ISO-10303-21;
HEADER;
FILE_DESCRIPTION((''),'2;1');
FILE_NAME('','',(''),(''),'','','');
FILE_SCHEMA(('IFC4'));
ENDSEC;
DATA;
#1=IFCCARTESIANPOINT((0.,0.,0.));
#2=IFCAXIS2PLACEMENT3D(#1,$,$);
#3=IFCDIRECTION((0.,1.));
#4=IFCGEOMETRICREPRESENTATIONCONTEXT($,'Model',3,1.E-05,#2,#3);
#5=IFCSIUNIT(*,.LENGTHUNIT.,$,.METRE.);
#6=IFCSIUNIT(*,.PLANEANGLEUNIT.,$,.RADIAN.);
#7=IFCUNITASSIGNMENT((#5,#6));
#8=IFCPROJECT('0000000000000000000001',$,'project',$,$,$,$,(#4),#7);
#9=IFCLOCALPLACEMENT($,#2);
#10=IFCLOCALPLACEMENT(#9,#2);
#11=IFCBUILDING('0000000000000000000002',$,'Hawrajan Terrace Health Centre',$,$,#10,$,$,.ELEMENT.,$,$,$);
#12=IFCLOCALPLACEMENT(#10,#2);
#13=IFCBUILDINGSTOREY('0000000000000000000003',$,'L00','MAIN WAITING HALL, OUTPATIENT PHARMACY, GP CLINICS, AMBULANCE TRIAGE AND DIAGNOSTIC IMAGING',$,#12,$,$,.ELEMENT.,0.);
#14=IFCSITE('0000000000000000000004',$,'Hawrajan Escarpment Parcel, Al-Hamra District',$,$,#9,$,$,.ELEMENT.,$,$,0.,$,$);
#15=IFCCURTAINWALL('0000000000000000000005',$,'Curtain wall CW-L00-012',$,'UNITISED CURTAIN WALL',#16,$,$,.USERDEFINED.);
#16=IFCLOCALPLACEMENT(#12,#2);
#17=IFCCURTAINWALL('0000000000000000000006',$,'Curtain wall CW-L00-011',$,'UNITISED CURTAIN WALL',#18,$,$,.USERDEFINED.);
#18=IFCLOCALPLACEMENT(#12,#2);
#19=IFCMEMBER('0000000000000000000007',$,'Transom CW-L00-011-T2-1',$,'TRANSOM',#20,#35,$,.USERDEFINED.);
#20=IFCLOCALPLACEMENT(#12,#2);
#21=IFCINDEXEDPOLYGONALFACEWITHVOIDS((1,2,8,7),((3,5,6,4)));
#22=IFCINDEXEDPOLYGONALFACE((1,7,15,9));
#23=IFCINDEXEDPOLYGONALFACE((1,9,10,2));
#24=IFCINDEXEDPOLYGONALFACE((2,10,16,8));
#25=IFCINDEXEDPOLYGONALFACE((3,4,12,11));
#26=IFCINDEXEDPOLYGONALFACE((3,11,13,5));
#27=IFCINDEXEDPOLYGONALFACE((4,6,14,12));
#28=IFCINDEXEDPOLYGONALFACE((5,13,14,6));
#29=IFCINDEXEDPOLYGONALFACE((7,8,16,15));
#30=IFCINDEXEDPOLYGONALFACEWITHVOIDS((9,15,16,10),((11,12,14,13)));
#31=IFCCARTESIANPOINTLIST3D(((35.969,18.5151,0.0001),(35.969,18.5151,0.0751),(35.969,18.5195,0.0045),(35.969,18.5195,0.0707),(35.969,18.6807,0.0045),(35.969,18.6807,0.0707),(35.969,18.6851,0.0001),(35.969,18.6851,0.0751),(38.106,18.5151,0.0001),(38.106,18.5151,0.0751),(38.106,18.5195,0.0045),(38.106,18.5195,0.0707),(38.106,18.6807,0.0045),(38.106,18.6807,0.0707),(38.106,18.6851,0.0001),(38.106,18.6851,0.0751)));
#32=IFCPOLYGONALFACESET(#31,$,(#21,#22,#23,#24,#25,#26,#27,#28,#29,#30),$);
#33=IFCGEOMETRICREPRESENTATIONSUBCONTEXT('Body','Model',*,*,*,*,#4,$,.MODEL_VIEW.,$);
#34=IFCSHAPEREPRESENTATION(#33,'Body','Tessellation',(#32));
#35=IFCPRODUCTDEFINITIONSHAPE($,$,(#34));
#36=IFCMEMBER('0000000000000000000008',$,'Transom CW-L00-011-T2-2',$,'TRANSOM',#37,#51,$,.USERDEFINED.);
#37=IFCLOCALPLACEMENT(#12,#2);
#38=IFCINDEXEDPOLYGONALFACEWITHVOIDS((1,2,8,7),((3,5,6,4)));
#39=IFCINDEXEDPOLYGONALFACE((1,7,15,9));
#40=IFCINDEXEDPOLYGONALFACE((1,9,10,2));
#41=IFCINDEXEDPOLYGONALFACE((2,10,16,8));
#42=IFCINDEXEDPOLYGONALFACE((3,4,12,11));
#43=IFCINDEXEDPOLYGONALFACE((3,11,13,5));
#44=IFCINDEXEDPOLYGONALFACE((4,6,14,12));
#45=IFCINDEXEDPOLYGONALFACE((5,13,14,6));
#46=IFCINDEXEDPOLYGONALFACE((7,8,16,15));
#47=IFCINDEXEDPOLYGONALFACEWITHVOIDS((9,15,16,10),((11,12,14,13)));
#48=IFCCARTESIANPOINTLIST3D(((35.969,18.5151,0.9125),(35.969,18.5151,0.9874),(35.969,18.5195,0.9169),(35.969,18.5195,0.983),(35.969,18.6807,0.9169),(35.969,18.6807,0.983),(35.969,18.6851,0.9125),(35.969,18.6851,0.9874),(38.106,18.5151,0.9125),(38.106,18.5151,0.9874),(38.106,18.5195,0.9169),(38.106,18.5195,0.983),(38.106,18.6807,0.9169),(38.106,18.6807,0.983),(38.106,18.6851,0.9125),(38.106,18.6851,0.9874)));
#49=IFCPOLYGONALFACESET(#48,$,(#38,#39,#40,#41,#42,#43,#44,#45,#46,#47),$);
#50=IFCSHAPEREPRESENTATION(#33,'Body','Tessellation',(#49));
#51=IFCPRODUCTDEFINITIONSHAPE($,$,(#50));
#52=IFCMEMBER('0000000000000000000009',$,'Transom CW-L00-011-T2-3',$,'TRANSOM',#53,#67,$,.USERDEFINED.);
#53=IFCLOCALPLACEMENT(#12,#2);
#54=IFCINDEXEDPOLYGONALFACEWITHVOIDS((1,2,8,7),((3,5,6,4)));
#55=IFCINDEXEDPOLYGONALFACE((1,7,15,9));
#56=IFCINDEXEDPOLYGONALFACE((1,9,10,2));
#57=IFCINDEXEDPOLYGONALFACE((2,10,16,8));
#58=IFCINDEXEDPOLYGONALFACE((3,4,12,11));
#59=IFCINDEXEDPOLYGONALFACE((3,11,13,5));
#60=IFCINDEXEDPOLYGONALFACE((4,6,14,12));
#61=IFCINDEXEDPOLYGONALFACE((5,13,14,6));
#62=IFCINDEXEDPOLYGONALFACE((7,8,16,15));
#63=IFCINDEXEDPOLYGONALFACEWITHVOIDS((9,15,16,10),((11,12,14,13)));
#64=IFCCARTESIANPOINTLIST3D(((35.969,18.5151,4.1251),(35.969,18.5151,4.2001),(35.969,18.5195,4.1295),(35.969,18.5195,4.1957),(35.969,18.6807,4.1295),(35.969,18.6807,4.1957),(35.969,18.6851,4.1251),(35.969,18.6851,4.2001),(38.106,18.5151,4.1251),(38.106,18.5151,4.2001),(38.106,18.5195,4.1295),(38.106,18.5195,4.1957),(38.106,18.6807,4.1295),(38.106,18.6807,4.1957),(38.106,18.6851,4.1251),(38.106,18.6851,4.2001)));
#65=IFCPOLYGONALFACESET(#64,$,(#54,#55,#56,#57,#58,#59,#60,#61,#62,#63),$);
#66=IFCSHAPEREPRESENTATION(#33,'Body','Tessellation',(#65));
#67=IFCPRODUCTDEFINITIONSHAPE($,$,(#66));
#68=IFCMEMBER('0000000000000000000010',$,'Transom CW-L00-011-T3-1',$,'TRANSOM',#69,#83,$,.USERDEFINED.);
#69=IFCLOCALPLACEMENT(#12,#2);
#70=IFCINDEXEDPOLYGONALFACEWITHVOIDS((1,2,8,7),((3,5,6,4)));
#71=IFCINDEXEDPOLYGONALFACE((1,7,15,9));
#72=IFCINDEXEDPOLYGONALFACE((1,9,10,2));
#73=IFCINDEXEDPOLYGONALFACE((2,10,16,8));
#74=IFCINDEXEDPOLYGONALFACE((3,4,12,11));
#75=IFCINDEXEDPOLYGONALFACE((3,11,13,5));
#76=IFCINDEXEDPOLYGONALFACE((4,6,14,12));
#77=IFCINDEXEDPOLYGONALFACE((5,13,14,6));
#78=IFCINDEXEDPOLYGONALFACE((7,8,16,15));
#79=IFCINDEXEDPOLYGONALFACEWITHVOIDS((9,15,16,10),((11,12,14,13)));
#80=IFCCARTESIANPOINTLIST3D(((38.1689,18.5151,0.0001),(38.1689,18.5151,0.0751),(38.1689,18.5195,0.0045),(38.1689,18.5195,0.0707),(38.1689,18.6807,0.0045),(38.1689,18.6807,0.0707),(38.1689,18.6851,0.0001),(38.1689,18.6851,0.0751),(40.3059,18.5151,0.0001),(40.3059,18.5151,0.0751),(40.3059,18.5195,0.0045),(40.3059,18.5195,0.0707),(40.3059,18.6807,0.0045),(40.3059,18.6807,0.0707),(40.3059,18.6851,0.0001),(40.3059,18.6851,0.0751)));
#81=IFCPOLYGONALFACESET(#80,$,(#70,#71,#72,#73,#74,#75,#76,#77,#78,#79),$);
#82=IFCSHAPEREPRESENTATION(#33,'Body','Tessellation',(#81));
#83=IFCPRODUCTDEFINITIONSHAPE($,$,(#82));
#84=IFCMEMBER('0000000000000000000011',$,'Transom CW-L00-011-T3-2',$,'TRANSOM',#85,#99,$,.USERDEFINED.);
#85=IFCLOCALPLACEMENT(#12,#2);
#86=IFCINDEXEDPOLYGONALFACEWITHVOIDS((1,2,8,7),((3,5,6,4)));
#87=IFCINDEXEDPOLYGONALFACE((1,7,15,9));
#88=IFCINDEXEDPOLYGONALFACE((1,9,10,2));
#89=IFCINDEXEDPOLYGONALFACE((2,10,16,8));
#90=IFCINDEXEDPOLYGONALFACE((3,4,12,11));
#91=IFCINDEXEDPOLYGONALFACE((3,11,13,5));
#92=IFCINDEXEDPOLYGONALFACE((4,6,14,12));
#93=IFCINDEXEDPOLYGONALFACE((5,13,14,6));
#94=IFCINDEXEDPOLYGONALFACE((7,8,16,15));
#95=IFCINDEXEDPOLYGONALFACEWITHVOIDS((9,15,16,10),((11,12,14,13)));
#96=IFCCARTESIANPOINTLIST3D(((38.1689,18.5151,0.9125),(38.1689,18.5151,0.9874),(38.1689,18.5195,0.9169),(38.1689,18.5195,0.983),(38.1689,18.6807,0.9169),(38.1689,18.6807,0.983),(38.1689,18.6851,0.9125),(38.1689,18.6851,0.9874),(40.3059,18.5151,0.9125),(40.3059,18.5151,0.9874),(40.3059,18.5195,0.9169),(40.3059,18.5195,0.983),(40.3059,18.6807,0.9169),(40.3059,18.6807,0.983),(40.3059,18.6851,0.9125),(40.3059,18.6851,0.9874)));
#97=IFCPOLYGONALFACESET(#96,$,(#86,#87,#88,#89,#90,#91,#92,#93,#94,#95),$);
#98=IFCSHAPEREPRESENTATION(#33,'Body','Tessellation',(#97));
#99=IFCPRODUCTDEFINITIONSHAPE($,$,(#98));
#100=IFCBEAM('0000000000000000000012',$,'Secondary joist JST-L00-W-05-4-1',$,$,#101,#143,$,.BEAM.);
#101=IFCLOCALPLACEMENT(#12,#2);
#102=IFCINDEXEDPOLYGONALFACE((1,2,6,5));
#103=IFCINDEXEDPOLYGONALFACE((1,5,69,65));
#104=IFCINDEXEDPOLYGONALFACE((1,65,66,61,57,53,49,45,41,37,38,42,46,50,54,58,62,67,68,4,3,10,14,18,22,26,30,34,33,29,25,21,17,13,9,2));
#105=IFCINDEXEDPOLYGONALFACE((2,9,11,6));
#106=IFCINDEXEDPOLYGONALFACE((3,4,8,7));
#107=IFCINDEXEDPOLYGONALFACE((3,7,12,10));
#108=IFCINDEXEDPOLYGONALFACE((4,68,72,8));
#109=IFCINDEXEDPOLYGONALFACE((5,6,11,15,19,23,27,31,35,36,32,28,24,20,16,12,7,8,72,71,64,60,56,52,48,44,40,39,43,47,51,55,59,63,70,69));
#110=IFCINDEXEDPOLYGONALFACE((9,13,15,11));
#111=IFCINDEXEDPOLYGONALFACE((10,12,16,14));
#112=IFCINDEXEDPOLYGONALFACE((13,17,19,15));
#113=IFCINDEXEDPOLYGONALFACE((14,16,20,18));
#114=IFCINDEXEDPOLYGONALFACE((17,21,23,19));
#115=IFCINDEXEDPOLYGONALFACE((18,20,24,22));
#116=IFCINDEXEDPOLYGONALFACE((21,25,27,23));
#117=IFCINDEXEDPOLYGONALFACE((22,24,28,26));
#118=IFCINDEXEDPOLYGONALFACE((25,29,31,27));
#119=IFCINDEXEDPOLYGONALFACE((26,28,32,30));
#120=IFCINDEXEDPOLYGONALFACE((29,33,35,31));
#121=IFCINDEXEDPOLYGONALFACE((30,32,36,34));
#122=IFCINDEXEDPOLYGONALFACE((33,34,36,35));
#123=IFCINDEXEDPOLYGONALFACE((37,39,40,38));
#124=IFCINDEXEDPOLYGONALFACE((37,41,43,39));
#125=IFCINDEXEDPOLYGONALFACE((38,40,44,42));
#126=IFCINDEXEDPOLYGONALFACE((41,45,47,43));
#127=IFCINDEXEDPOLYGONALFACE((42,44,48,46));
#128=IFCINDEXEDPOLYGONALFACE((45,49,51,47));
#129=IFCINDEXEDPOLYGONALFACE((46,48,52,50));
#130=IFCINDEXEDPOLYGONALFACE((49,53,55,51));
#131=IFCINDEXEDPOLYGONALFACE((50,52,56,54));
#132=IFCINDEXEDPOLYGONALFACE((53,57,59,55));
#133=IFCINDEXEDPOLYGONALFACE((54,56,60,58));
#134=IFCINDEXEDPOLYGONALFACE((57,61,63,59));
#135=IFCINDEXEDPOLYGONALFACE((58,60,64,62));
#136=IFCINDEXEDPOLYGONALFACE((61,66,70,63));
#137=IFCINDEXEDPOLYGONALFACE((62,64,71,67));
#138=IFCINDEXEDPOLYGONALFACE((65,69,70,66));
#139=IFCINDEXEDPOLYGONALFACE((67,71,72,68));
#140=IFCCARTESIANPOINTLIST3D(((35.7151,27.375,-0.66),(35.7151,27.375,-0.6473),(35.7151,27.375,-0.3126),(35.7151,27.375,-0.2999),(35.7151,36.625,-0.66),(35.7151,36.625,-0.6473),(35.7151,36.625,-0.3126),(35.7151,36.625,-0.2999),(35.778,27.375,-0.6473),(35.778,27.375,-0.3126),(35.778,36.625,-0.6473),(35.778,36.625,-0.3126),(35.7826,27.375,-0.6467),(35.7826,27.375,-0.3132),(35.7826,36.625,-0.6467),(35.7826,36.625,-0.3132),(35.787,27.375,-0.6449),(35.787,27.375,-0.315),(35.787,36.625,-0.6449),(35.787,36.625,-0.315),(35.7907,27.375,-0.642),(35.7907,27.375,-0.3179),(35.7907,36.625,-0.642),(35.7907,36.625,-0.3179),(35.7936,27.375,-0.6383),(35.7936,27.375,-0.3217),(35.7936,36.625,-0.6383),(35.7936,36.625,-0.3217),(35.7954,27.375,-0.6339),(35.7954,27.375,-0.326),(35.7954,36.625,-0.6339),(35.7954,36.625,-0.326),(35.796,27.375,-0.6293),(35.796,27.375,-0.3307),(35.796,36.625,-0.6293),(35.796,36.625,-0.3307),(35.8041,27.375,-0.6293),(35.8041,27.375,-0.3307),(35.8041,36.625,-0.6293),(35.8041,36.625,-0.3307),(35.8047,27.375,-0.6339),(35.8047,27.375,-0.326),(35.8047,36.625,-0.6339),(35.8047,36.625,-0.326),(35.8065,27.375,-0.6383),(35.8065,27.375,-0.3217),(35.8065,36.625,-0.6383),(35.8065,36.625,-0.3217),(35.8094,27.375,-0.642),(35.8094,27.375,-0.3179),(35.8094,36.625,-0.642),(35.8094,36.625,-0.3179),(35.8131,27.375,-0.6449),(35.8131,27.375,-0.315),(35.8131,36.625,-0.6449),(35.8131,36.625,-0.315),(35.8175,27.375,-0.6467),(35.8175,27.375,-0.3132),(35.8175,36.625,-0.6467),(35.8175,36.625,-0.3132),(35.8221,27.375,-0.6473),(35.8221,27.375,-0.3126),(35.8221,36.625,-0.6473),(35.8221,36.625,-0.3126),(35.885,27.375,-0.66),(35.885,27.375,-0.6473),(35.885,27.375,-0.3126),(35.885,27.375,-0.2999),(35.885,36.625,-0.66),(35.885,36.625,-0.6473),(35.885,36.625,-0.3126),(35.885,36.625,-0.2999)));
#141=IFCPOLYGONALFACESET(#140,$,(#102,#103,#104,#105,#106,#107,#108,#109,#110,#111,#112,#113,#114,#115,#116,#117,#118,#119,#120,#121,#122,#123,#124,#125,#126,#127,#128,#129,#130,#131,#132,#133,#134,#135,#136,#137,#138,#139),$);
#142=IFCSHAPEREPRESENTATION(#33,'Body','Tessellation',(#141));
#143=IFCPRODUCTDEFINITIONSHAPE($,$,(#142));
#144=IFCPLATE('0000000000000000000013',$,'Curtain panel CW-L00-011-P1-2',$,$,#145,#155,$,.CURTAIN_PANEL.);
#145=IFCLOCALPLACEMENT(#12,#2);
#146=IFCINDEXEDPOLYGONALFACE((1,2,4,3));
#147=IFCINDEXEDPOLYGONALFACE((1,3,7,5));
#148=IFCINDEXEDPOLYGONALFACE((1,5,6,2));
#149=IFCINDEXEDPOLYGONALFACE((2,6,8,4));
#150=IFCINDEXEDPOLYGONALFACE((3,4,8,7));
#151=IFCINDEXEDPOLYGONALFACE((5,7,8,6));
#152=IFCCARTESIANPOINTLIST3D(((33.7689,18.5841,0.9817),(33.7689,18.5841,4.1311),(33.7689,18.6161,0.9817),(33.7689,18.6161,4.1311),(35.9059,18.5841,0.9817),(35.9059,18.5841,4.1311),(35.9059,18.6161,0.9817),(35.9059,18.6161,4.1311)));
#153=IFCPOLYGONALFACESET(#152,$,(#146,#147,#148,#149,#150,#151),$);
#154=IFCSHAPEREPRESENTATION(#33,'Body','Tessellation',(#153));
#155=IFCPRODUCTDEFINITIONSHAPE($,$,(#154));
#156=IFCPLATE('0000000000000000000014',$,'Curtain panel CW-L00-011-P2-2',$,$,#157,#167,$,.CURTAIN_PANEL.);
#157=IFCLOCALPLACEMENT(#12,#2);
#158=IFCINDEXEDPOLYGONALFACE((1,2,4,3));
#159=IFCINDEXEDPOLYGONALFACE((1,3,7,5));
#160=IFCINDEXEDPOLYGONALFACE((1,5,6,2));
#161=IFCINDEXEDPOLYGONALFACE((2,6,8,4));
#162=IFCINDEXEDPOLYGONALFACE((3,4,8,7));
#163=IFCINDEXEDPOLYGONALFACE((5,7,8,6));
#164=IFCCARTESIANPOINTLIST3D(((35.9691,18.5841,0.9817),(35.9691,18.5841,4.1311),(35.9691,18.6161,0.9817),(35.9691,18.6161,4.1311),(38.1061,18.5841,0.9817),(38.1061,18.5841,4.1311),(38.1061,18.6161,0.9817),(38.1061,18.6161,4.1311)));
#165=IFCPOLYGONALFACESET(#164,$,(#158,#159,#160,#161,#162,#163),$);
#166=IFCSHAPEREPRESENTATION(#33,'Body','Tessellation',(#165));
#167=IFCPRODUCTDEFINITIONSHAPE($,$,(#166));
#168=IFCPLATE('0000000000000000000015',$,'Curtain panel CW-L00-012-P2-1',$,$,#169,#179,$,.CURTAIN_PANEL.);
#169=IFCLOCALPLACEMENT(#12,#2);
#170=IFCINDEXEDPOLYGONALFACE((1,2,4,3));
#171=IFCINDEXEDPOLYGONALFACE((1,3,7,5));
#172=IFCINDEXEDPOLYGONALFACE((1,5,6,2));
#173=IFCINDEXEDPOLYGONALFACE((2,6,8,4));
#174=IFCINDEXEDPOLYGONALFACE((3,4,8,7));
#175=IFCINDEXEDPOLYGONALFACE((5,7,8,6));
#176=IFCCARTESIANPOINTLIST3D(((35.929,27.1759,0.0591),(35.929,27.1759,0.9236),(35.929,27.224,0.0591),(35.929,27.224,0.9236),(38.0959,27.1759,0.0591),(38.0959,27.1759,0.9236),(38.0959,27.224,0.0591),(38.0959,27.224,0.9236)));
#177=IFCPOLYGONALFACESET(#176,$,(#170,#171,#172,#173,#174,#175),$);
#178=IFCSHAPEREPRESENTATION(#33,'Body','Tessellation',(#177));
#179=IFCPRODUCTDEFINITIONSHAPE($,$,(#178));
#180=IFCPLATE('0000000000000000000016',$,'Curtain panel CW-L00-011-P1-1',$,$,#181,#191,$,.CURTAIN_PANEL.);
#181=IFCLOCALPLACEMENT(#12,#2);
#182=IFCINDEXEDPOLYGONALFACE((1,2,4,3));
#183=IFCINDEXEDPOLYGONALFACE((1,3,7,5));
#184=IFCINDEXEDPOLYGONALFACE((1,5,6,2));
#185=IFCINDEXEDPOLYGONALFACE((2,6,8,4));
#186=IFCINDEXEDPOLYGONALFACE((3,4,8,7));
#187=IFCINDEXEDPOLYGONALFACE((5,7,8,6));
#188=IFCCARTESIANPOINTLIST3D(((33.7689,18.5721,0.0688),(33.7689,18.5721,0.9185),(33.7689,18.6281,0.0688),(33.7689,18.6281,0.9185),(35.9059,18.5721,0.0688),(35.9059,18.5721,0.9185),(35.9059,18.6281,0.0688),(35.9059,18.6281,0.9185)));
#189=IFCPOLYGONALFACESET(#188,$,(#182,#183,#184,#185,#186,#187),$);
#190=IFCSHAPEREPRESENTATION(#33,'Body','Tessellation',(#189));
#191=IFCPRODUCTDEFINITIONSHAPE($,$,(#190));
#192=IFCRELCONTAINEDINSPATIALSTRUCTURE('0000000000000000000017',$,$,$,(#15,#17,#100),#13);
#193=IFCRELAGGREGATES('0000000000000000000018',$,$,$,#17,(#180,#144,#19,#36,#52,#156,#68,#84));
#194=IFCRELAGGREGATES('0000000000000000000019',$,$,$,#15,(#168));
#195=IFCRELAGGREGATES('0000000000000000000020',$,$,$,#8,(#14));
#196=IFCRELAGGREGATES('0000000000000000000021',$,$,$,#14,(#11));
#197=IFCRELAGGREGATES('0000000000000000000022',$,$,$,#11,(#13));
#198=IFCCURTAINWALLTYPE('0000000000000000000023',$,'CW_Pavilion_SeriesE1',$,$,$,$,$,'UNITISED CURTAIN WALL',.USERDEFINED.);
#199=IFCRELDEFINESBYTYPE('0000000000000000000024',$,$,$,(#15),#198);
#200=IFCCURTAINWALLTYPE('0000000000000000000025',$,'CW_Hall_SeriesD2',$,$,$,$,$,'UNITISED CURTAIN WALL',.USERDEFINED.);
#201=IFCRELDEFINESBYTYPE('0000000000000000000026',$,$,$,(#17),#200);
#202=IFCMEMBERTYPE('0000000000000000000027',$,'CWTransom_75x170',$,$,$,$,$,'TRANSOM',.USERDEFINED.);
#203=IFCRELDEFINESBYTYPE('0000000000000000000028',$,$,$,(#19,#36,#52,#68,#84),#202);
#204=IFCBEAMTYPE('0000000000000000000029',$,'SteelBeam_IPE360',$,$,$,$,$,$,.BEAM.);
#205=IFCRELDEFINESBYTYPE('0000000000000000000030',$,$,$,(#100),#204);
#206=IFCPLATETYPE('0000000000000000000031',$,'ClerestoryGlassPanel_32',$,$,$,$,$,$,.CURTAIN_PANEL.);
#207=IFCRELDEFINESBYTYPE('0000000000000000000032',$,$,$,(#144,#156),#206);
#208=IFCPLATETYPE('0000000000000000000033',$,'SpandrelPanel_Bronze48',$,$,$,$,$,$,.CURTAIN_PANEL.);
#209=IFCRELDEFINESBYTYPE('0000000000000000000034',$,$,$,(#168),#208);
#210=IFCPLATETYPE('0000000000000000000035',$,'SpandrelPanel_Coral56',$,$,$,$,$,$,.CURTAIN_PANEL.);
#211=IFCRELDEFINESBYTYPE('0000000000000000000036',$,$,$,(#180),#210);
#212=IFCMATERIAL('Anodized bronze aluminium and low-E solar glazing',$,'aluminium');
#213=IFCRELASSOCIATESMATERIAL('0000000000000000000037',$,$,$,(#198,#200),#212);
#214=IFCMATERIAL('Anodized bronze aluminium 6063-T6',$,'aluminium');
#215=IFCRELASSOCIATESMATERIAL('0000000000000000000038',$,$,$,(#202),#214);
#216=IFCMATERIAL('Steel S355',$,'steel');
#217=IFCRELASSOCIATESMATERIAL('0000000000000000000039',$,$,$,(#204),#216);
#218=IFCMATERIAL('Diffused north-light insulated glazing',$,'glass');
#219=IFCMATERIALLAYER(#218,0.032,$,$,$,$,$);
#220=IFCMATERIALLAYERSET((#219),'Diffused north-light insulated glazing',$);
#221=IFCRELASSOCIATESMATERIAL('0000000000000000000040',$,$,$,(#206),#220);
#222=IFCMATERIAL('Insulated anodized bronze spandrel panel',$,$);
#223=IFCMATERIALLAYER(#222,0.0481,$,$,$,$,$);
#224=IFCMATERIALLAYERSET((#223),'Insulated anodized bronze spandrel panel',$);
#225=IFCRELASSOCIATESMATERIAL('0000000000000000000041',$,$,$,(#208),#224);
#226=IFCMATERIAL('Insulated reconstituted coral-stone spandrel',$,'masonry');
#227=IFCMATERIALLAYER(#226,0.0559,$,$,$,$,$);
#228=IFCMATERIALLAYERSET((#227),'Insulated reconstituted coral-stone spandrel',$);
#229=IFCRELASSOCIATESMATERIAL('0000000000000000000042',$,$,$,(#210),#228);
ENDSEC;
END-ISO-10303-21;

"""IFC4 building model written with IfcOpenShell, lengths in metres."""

from ifc_helpers import new_model, si_unit, direction, frame, origin, origin_2d, place, context, subcontext, project, spatial, rectangle, hollow_rectangle, i_section, extrude, material, layer, layer_set, material_profile, profile_set, type_object, element, aggregate, save


model = new_model("IFC4")

# Units and contexts
model_context = context("Model", 3, precision=1e-05, world=origin(), true_north=direction((0.0, 1.0)))
body_context = subcontext(model_context, "Body", "Model", "MODEL_VIEW")
ifc_project = project(units=[si_unit("LENGTHUNIT", "METRE"), si_unit("PLANEANGLEUNIT", "RADIAN")], contexts=[model_context])

# Site, building, storey
site_placement = place(None, origin())
site = spatial("IfcSite", under=ifc_project, at=site_placement, Name="Hawrajan Escarpment Parcel, Al-Hamra District", CompositionType="ELEMENT", RefElevation=0.0)
building_placement = place(site_placement, origin())
building = spatial("IfcBuilding", under=site, at=building_placement, Name="Hawrajan Terrace Health Centre", CompositionType="ELEMENT")
storey_placement = place(building_placement, origin())
storey = spatial("IfcBuildingStorey", under=building, at=storey_placement, Name="L00", Description="MAIN WAITING HALL, OUTPATIENT PHARMACY, GP CLINICS, AMBULANCE TRIAGE AND DIAGNOSTIC IMAGING", CompositionType="ELEMENT", Elevation=0.0)

# Curtain walls
ifc_material_1 = material(Name="Anodized bronze aluminium and low-E solar glazing", Category="aluminium")
curtain_wall_type_1 = type_object("IfcCurtainWallType", Name="CW_Pavilion_SeriesE1", ElementType="UNITISED CURTAIN WALL", PredefinedType="USERDEFINED", material=ifc_material_1)
curtain_wall_1_placement = place(storey_placement, origin())
curtain_wall_1 = element("IfcCurtainWall", 1, at=curtain_wall_1_placement, inside=storey, type_object=curtain_wall_type_1, Name="Curtain wall CW-L00-012", ObjectType="UNITISED CURTAIN WALL", PredefinedType="USERDEFINED")
ifc_material_2 = material(Name="Anodized bronze aluminium 6063-T6", Category="aluminium")
curtain_wall_type_2 = type_object("IfcCurtainWallType", Name="CW_Hall_SeriesD2", ElementType="UNITISED CURTAIN WALL", PredefinedType="USERDEFINED", material=ifc_material_1)
curtain_wall_2_placement = place(storey_placement, origin())
curtain_wall_2 = element("IfcCurtainWall", 2, at=curtain_wall_2_placement, inside=storey, type_object=curtain_wall_type_2, Name="Curtain wall CW-L00-011", ObjectType="UNITISED CURTAIN WALL", PredefinedType="USERDEFINED")

# Members
ifc_material_profile_1 = material_profile(ifc_material_2, hollow_rectangle(XDim=0.075, YDim=0.1699, WallThickness=0.0044, at=origin_2d()), Name="CW TRN 75x170")
ifc_profile_set_1 = profile_set([ifc_material_profile_1], Name="Anodized bronze aluminium 6063-T6")
member_type_1 = type_object("IfcMemberType", Name="CWTransom_75x170", ElementType="TRANSOM", PredefinedType="USERDEFINED", material=ifc_profile_set_1)
member_1_placement = place(storey_placement, frame((35.969, 18.6001, 0.0376), z_axis=(1.0, 0.0, 0.0), x_axis=(0.0, 0.0, 1.0)))
member_1 = element("IfcMember", 3, at=member_1_placement, type_object=member_type_1, Name="Transom CW-L00-011-T2-1", ObjectType="TRANSOM", PredefinedType="USERDEFINED", context=body_context, shape_type="SweptSolid", body=[
    extrude(hollow_rectangle(XDim=0.075, YDim=0.1699, WallThickness=0.0044, at=origin_2d()), origin(), (0.0, 0.0, 1.0), 2.137),
])
member_2_placement = place(storey_placement, frame((35.969, 18.6001, 0.95), z_axis=(1.0, 0.0, 0.0), x_axis=(0.0, 0.0, 1.0)))
member_2 = element("IfcMember", 4, at=member_2_placement, type_object=member_type_1, Name="Transom CW-L00-011-T2-2", ObjectType="TRANSOM", PredefinedType="USERDEFINED", context=body_context, shape_type="SweptSolid", body=[
    extrude(hollow_rectangle(XDim=0.075, YDim=0.1699, WallThickness=0.0044, at=origin_2d()), origin(), (0.0, 0.0, 1.0), 2.137),
])
member_3_placement = place(storey_placement, frame((35.969, 18.6001, 4.1626), z_axis=(1.0, 0.0, 0.0), x_axis=(0.0, 0.0, 1.0)))
member_3 = element("IfcMember", 5, at=member_3_placement, type_object=member_type_1, Name="Transom CW-L00-011-T2-3", ObjectType="TRANSOM", PredefinedType="USERDEFINED", context=body_context, shape_type="SweptSolid", body=[
    extrude(hollow_rectangle(XDim=0.075, YDim=0.1699, WallThickness=0.0044, at=origin_2d()), origin(), (0.0, 0.0, 1.0), 2.137),
])
member_4_placement = place(storey_placement, frame((38.1689, 18.6001, 0.0376), z_axis=(1.0, 0.0, 0.0), x_axis=(0.0, 0.0, 1.0)))
member_4 = element("IfcMember", 6, at=member_4_placement, type_object=member_type_1, Name="Transom CW-L00-011-T3-1", ObjectType="TRANSOM", PredefinedType="USERDEFINED", context=body_context, shape_type="SweptSolid", body=[
    extrude(hollow_rectangle(XDim=0.075, YDim=0.1699, WallThickness=0.0044, at=origin_2d()), origin(), (0.0, 0.0, 1.0), 2.137),
])
member_5_placement = place(storey_placement, frame((38.1689, 18.6001, 0.95), z_axis=(1.0, 0.0, 0.0), x_axis=(0.0, 0.0, 1.0)))
member_5 = element("IfcMember", 7, at=member_5_placement, type_object=member_type_1, Name="Transom CW-L00-011-T3-2", ObjectType="TRANSOM", PredefinedType="USERDEFINED", context=body_context, shape_type="SweptSolid", body=[
    extrude(hollow_rectangle(XDim=0.075, YDim=0.1699, WallThickness=0.0044, at=origin_2d()), origin(), (0.0, 0.0, 1.0), 2.137),
])

# Beam
ifc_material_3 = material(Name="Steel S355", Category="steel")
ifc_material_profile_2 = material_profile(ifc_material_3, i_section(OverallWidth=0.1699, OverallDepth=0.3601, WebThickness=0.0081, FlangeThickness=0.0127, FilletRadius=0.0181, at=origin_2d()), Name="IPE 360")
ifc_profile_set_2 = profile_set([ifc_material_profile_2], Name="Steel S355")
beam_type = type_object("IfcBeamType", Name="SteelBeam_IPE360", PredefinedType="BEAM", material=ifc_profile_set_2)
beam_placement = place(storey_placement, frame((35.8, 27.375, -0.48), z_axis=(0.0, 1.0, 0.0), x_axis=(-1.0, 0.0, 0.0)))
element("IfcBeam", 8, at=beam_placement, inside=storey, type_object=beam_type, Name="Secondary joist JST-L00-W-05-4-1", PredefinedType="BEAM", context=body_context, shape_type="SweptSolid", body=[
    extrude(i_section(OverallWidth=0.1699, OverallDepth=0.3601, WebThickness=0.0081, FlangeThickness=0.0127, FilletRadius=0.0181, at=origin_2d()), origin(), (0.0, 0.0, 1.0), 9.25),
])

# Plates
ifc_material_4 = material(Name="Diffused north-light insulated glazing", Category="glass")
ifc_layer_1 = layer(ifc_material_4, 0.032)
ifc_layer_set_1 = layer_set([ifc_layer_1], Name="Diffused north-light insulated glazing")
plate_type_1 = type_object("IfcPlateType", Name="ClerestoryGlassPanel_32", PredefinedType="CURTAIN_PANEL", material=ifc_layer_set_1)
plate_1_placement = place(storey_placement, frame((34.8374, 18.6001, 0.9817), z_axis=(0.0, 0.0, 1.0), x_axis=(1.0, 0.0, 0.0)))
plate_1 = element("IfcPlate", 9, at=plate_1_placement, type_object=plate_type_1, Name="Curtain panel CW-L00-011-P1-2", PredefinedType="CURTAIN_PANEL", context=body_context, shape_type="SweptSolid", body=[
    extrude(rectangle(XDim=2.137, YDim=0.032, at=origin_2d()), origin(), (0.0, 0.0, 1.0), 3.1494),
])
plate_2_placement = place(storey_placement, frame((37.0376, 18.6001, 0.9817), z_axis=(0.0, 0.0, 1.0), x_axis=(1.0, 0.0, 0.0)))
plate_2 = element("IfcPlate", 10, at=plate_2_placement, type_object=plate_type_1, Name="Curtain panel CW-L00-011-P2-2", PredefinedType="CURTAIN_PANEL", context=body_context, shape_type="SweptSolid", body=[
    extrude(rectangle(XDim=2.137, YDim=0.032, at=origin_2d()), origin(), (0.0, 0.0, 1.0), 3.1494),
])
ifc_material_5 = material(Name="Insulated anodized bronze spandrel panel")
ifc_layer_2 = layer(ifc_material_5, 0.0481)
ifc_layer_set_2 = layer_set([ifc_layer_2], Name="Insulated anodized bronze spandrel panel")
plate_type_2 = type_object("IfcPlateType", Name="SpandrelPanel_Bronze48", PredefinedType="CURTAIN_PANEL", material=ifc_layer_set_2)
plate_3_placement = place(storey_placement, frame((37.0125, 27.2, 0.0591), z_axis=(0.0, 0.0, 1.0), x_axis=(1.0, 0.0, 0.0)))
plate_3 = element("IfcPlate", 11, at=plate_3_placement, type_object=plate_type_2, Name="Curtain panel CW-L00-012-P2-1", PredefinedType="CURTAIN_PANEL", context=body_context, shape_type="SweptSolid", body=[
    extrude(rectangle(XDim=2.167, YDim=0.0481, at=origin_2d()), origin(), (0.0, 0.0, 1.0), 0.8645),
])
ifc_material_6 = material(Name="Insulated reconstituted coral-stone spandrel", Category="masonry")
ifc_layer_3 = layer(ifc_material_6, 0.0559)
ifc_layer_set_3 = layer_set([ifc_layer_3], Name="Insulated reconstituted coral-stone spandrel")
plate_type_3 = type_object("IfcPlateType", Name="SpandrelPanel_Coral56", PredefinedType="CURTAIN_PANEL", material=ifc_layer_set_3)
plate_4_placement = place(storey_placement, frame((34.8374, 18.6001, 0.0688), z_axis=(0.0, 0.0, 1.0), x_axis=(1.0, 0.0, 0.0)))
plate_4 = element("IfcPlate", 12, at=plate_4_placement, type_object=plate_type_3, Name="Curtain panel CW-L00-011-P1-1", PredefinedType="CURTAIN_PANEL", context=body_context, shape_type="SweptSolid", body=[
    extrude(rectangle(XDim=2.137, YDim=0.0559, at=origin_2d()), origin(), (0.0, 0.0, 1.0), 0.8496),
])
aggregate(curtain_wall_2, [plate_4, plate_1, member_1, member_2, member_3, plate_2, member_4, member_5])
aggregate(curtain_wall_1, [plate_3])

save(model, "model.ifc")
